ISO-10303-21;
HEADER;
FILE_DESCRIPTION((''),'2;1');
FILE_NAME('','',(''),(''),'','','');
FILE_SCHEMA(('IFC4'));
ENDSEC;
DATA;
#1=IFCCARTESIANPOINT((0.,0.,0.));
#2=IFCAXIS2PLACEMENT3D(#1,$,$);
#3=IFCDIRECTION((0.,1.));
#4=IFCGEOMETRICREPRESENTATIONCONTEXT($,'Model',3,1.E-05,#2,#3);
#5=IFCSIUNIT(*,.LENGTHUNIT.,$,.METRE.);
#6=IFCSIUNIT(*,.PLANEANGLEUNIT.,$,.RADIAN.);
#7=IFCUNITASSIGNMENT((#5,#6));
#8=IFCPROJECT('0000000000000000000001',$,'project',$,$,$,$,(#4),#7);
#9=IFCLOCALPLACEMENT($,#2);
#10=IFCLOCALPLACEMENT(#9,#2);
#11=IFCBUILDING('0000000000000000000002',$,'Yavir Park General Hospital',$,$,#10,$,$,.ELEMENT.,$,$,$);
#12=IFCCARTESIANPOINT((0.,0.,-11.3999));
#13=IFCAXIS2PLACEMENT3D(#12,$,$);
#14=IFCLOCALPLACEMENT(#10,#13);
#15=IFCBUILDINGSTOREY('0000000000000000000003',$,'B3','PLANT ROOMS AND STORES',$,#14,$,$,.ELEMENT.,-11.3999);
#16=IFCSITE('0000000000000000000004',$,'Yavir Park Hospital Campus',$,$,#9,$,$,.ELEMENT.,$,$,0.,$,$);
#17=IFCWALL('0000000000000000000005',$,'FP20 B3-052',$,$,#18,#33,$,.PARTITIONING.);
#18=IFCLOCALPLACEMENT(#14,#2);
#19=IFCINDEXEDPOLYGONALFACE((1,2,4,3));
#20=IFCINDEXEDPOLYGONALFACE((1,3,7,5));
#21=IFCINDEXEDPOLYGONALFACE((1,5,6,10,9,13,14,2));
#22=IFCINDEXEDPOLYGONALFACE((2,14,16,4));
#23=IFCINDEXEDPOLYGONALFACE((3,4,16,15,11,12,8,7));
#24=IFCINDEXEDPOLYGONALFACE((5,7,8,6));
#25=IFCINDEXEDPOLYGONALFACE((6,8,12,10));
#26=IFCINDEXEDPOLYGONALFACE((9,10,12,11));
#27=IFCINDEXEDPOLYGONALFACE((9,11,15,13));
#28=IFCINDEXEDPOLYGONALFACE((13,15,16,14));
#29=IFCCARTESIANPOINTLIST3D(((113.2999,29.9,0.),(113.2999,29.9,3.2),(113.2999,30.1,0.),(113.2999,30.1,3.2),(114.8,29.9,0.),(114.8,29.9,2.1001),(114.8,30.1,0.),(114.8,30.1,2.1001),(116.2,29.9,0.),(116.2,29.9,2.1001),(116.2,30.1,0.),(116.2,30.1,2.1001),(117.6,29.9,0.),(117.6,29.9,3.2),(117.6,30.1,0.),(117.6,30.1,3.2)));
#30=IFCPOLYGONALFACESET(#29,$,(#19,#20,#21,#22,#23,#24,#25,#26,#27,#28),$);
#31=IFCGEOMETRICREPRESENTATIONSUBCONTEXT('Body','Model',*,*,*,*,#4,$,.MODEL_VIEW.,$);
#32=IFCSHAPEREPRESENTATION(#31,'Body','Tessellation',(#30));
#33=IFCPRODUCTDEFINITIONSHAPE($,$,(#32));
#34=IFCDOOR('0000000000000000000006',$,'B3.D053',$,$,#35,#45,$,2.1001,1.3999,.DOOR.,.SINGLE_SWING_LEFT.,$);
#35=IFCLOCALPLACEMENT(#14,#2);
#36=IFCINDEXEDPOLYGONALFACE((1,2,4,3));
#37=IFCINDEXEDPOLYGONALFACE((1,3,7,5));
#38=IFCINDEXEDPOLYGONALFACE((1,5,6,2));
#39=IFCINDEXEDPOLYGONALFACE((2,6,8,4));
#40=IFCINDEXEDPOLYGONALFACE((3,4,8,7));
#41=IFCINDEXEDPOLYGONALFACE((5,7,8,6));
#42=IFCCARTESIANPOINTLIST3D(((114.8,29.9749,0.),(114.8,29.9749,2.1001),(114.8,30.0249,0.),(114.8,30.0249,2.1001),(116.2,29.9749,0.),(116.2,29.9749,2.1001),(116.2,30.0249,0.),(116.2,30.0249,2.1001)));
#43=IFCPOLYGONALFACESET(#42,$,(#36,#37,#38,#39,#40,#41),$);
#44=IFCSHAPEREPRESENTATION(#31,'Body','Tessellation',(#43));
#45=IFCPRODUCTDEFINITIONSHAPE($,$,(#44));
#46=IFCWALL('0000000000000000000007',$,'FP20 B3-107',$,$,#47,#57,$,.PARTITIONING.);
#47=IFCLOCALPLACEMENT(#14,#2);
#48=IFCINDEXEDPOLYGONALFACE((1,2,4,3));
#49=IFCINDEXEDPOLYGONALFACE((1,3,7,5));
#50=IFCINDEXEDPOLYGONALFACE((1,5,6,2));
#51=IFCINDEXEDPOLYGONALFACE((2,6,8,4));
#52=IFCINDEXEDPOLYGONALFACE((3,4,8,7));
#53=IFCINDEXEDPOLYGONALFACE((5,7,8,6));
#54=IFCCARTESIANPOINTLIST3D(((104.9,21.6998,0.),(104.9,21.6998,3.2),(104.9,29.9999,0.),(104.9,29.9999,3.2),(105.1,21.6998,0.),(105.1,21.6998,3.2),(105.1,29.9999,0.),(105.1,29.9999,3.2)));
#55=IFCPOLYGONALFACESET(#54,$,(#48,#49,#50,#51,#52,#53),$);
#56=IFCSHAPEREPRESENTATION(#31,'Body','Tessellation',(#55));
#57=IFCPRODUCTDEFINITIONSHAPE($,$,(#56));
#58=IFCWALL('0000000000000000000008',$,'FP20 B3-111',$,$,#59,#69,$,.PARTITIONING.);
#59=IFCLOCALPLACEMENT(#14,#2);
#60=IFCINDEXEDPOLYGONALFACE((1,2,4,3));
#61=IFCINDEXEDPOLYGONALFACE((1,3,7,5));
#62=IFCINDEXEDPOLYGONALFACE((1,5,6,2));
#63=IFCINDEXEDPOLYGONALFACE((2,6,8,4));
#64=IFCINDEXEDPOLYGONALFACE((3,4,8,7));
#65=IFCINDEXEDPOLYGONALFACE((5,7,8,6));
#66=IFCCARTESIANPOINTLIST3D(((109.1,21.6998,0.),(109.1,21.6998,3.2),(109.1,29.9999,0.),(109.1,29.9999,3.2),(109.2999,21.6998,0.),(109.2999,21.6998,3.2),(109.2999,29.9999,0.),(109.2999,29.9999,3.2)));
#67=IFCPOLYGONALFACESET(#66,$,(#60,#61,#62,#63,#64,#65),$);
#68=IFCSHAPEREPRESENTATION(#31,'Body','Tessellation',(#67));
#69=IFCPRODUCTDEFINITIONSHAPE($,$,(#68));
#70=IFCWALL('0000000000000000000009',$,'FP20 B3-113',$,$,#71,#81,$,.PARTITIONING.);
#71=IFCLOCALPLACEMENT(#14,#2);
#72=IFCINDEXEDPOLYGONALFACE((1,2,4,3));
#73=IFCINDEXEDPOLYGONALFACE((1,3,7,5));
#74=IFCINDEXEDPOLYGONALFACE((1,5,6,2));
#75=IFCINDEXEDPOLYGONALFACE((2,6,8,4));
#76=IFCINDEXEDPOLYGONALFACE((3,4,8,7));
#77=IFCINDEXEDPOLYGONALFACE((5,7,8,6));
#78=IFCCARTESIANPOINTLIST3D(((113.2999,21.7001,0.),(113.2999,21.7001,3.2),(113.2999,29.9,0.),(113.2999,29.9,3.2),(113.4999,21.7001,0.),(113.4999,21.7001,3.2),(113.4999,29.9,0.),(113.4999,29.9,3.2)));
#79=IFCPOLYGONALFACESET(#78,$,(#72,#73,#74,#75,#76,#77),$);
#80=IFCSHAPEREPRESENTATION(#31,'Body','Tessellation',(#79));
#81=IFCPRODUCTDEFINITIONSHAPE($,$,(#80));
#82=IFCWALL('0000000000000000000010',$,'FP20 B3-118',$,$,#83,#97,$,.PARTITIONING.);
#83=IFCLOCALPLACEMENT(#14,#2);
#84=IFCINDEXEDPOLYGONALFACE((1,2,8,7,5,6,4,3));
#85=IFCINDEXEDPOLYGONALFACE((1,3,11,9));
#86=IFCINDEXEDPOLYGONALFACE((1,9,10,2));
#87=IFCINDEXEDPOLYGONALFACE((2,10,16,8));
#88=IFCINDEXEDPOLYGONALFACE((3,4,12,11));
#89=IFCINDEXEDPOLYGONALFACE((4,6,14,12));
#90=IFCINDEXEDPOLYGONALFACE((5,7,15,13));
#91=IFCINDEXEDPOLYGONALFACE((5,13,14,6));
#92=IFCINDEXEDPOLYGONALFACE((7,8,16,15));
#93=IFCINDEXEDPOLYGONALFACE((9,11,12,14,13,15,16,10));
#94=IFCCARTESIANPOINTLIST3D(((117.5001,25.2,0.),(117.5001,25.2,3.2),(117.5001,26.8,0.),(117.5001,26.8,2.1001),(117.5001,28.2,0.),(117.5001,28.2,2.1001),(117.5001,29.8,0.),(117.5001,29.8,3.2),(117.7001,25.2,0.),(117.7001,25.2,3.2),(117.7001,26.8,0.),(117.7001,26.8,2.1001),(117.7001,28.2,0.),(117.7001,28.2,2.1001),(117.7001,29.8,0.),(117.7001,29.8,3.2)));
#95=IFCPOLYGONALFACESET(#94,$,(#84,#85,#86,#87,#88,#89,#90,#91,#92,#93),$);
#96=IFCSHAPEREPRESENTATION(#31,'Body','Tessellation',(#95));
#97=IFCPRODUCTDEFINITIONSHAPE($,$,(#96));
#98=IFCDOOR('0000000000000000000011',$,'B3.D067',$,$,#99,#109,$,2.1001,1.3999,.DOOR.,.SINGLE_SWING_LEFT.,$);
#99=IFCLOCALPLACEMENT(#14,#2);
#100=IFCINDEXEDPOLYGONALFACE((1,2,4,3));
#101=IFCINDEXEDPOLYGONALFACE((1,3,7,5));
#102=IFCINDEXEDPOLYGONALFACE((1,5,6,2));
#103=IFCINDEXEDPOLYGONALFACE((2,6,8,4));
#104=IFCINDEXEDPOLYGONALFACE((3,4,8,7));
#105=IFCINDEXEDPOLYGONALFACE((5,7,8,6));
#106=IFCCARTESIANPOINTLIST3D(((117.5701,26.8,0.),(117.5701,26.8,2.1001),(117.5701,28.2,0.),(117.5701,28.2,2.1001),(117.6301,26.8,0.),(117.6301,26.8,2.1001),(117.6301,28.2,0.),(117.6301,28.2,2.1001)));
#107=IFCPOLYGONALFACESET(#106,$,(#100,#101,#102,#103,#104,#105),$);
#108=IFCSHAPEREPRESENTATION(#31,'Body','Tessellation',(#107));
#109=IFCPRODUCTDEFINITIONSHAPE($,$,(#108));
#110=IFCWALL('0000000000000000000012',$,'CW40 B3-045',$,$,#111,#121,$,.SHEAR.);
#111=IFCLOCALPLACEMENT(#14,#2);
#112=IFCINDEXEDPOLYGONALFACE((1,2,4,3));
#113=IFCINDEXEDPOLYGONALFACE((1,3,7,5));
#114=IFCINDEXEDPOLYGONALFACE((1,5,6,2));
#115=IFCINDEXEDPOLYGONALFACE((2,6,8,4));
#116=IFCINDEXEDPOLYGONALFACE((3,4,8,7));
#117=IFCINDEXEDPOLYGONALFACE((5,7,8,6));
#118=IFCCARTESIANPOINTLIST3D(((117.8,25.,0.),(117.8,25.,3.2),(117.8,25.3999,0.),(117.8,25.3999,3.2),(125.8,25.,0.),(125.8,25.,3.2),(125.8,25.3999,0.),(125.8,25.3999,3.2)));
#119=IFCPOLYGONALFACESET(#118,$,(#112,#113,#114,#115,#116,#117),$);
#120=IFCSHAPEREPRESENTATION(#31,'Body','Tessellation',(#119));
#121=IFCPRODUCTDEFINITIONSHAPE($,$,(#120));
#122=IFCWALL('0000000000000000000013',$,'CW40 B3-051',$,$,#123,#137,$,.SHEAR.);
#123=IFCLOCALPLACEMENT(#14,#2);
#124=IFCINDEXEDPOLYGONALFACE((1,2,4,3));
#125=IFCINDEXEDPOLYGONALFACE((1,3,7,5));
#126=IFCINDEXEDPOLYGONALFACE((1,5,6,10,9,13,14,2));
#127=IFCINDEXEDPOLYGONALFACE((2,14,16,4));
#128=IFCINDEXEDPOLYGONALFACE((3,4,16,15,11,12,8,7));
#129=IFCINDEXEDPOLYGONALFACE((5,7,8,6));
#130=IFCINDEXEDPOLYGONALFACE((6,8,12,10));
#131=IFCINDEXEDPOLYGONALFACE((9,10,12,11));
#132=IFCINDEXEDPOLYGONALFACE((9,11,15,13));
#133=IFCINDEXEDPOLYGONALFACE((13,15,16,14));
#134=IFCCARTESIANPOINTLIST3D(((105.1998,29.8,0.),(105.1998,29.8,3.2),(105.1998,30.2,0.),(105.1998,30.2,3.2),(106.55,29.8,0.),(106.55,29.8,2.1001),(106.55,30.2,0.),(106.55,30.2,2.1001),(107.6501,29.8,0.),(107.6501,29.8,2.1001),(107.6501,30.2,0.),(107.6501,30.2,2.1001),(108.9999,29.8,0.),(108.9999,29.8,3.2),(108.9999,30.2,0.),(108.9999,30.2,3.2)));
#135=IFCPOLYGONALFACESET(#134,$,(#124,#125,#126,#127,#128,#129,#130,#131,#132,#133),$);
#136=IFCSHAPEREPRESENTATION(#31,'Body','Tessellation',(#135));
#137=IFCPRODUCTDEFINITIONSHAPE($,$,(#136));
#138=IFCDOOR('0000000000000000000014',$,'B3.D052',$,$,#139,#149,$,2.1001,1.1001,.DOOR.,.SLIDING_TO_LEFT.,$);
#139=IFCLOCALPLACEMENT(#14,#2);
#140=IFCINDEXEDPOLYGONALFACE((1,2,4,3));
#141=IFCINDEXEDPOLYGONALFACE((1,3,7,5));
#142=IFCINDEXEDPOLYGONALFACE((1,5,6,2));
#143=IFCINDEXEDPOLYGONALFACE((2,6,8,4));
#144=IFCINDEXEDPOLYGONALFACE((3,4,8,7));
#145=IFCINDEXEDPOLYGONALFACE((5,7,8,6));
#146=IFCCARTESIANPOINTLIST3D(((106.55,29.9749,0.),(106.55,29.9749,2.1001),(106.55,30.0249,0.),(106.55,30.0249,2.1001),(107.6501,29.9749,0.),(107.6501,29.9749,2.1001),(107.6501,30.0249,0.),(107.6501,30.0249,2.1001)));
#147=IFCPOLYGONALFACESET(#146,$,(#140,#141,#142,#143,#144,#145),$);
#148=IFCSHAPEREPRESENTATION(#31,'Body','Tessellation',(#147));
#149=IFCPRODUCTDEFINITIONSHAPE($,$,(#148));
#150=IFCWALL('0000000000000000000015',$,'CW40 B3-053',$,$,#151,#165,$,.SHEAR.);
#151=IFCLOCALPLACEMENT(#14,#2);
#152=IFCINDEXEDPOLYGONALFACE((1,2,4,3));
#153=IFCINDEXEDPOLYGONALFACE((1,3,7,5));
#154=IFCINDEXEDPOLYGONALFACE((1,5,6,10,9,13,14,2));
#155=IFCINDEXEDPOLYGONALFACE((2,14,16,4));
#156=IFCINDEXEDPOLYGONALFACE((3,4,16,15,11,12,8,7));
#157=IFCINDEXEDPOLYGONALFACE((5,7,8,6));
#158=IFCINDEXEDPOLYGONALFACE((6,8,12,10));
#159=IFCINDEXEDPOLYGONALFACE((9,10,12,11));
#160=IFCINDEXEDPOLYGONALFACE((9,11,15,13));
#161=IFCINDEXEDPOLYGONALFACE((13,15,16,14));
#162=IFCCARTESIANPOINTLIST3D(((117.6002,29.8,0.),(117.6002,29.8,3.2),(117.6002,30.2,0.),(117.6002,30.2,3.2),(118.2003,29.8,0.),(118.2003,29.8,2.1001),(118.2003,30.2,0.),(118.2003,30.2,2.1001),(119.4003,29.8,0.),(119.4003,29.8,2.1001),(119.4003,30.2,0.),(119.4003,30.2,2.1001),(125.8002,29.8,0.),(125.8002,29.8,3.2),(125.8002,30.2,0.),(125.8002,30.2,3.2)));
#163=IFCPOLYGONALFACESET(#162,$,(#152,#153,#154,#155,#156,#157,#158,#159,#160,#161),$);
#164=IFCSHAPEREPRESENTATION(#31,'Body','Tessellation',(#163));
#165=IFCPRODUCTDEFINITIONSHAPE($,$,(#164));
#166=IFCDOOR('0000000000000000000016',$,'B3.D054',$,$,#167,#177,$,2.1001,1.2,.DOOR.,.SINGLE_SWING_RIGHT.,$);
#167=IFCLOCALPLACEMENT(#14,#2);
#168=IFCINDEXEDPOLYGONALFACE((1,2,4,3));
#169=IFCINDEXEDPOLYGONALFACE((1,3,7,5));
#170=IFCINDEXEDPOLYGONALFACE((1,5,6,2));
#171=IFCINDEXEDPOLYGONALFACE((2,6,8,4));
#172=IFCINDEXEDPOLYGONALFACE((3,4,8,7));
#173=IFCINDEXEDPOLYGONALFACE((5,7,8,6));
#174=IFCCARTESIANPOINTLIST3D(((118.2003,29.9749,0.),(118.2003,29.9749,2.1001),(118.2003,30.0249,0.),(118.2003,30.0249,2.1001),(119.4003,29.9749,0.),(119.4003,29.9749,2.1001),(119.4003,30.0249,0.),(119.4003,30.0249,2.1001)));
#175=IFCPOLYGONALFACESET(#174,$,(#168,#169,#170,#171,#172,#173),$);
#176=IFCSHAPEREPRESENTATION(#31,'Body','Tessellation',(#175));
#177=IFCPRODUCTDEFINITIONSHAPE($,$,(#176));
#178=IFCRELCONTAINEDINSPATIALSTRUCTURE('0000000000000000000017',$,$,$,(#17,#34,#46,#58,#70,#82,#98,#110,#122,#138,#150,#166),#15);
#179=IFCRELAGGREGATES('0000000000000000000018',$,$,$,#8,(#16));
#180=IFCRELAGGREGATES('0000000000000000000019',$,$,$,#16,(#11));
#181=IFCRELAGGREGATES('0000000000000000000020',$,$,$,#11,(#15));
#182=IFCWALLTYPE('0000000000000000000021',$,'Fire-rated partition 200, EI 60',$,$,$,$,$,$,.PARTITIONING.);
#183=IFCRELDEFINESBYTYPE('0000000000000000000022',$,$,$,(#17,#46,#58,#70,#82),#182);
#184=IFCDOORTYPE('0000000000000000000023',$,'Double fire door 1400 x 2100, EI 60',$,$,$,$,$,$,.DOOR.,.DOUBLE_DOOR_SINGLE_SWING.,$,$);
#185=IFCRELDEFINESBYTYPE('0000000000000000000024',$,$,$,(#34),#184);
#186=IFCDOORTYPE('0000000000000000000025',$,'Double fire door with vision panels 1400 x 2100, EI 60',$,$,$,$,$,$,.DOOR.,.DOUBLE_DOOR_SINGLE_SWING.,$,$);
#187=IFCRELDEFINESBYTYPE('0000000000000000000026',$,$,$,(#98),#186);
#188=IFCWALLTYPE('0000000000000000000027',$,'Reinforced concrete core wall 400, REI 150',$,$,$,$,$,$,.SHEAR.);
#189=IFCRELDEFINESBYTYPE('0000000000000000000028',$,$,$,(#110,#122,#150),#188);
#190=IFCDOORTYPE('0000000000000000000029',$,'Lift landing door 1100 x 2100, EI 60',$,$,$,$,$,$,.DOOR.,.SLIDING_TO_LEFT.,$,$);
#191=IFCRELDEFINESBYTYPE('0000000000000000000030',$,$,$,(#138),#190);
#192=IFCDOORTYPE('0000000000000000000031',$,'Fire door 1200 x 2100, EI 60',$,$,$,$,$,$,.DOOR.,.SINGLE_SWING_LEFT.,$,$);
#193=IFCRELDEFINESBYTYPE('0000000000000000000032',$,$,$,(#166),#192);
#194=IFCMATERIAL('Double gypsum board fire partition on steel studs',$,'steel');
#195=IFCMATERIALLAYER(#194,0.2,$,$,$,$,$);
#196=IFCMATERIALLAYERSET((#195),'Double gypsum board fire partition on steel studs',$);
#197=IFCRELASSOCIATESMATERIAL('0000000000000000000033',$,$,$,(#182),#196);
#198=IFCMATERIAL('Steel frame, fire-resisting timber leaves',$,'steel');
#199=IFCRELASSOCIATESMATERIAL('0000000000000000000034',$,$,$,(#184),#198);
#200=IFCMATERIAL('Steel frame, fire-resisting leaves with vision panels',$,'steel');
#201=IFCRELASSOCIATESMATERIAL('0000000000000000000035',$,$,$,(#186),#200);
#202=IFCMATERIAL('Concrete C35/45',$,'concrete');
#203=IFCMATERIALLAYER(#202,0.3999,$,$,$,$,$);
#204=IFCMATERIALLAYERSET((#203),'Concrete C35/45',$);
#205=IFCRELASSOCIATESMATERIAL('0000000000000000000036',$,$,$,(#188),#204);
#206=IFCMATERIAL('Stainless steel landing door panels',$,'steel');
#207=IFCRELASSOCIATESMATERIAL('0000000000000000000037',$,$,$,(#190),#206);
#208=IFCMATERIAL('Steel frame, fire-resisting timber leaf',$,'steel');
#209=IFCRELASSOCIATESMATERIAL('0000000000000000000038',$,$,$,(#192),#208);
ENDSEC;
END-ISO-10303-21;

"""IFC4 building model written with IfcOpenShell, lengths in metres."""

from ifc_helpers import new_model, si_unit, direction, frame, frame_2d, origin, place, context, subcontext, project, spatial, rectangle, extrude, material, layer, layer_set, type_object, element, fill, save


model = new_model("IFC4")

# Units and contexts
model_context = context("Model", 3, precision=1e-05, world=origin(), true_north=direction((0.0, 1.0)))
body_context = subcontext(model_context, "Body", "Model", "MODEL_VIEW")
ifc_project = project(units=[si_unit("LENGTHUNIT", "METRE"), si_unit("PLANEANGLEUNIT", "RADIAN")], contexts=[model_context])

# Site, building, storey
site_placement = place(None, origin())
site = spatial("IfcSite", under=ifc_project, at=site_placement, Name="Yavir Park Hospital Campus", CompositionType="ELEMENT", RefElevation=0.0)
building_placement = place(site_placement, origin())
building = spatial("IfcBuilding", under=site, at=building_placement, Name="Yavir Park General Hospital", CompositionType="ELEMENT")
storey_placement = place(building_placement, frame((0.0, 0.0, -11.3999)))
storey = spatial("IfcBuildingStorey", under=building, at=storey_placement, Name="B3", Description="PLANT ROOMS AND STORES", CompositionType="ELEMENT", Elevation=-11.3999)

# Wall, opening, door
ifc_material_1 = material(Name="Double gypsum board fire partition on steel studs", Category="steel")
ifc_layer_1 = layer(ifc_material_1, 0.2)
ifc_layer_set_1 = layer_set([ifc_layer_1], Name="Double gypsum board fire partition on steel studs")
wall_type_1 = type_object("IfcWallType", Name="Fire-rated partition 200, EI 60", PredefinedType="PARTITIONING", material=ifc_layer_set_1)
wall_1_placement = place(storey_placement, frame((113.3, 30.0, 0.0), z_axis=(0.0, 0.0, 1.0), x_axis=(1.0, 0.0, 0.0)))
wall_1 = element("IfcWall", 1, at=wall_1_placement, inside=storey, type_object=wall_type_1, Name="FP20 B3-052", PredefinedType="PARTITIONING", context=body_context, shape_type="SweptSolid", body=[
    extrude(rectangle(XDim=4.3, YDim=0.2, at=frame_2d((2.1499, 0.0))), origin(), (0.0, 0.0, 1.0), 3.2),
])
opening_1_placement = place(wall_1_placement, frame((1.5, 0.0, 0.0)))
opening_1 = element("IfcOpeningElement", 2, at=opening_1_placement, cuts=wall_1, PredefinedType="OPENING", context=body_context, shape_type="SweptSolid", body=[
    extrude(rectangle(XDim=1.3999, YDim=2.1001, at=frame_2d((0.7, 1.05))), frame((0.0, 0.1099, 0.0), z_axis=(0.0, -1.0, 0.0), x_axis=(1.0, 0.0, 0.0)), (0.0, 0.0, 1.0), 0.22),
])
ifc_material_2 = material(Name="Steel frame, fire-resisting timber leaves", Category="steel")
door_type_1 = type_object("IfcDoorType", Name="Double fire door 1400 x 2100, EI 60", OperationType="DOUBLE_DOOR_SINGLE_SWING", PredefinedType="DOOR", material=ifc_material_2)
door_1_placement = place(opening_1_placement, origin())
door_1 = element("IfcDoor", 3, at=door_1_placement, inside=storey, type_object=door_type_1, Name="B3.D053", OperationType="SINGLE_SWING_LEFT", OverallHeight=2.1001, OverallWidth=1.3999, PredefinedType="DOOR", context=body_context, shape_type="SweptSolid", body=[
    extrude(rectangle(XDim=1.3999, YDim=2.1001, at=frame_2d((0.7, 1.05))), frame((0.0, 0.0249, 0.0), z_axis=(0.0, -1.0, 0.0), x_axis=(1.0, 0.0, 0.0)), (0.0, 0.0, 1.0), 0.05),
])
fill(opening_1, door_1)

# Walls
for number, where, z_axis, x_axis, name in (
    (4, (105.0, 21.7, 0.0), (0.0, 0.0, 1.0), (0.0, 1.0, 0.0), "FP20 B3-107"),
    (5, (109.2, 21.7, 0.0), (0.0, 0.0, 1.0), (0.0, 1.0, 0.0), "FP20 B3-111"),
):
    element("IfcWall", number, at=place(storey_placement, frame(where, z_axis=z_axis, x_axis=x_axis)), inside=storey, type_object=wall_type_1, Name=name, PredefinedType="PARTITIONING", context=body_context, shape_type="SweptSolid", body=[
        extrude(rectangle(XDim=8.3, YDim=0.2, at=frame_2d((4.1499, 0.0))), origin(), (0.0, 0.0, 1.0), 3.2),
    ])
wall_2_placement = place(storey_placement, frame((113.3999, 21.7, 0.0), z_axis=(0.0, 0.0, 1.0), x_axis=(0.0, 1.0, 0.0)))
element("IfcWall", 6, at=wall_2_placement, inside=storey, type_object=wall_type_1, Name="FP20 B3-113", PredefinedType="PARTITIONING", context=body_context, shape_type="SweptSolid", body=[
    extrude(rectangle(XDim=8.2, YDim=0.2, at=frame_2d((4.1001, 0.0))), origin(), (0.0, 0.0, 1.0), 3.2),
])

# Wall, opening, door
wall_3_placement = place(storey_placement, frame((117.6001, 25.2, 0.0), z_axis=(0.0, 0.0, 1.0), x_axis=(0.0, 1.0, 0.0)))
wall_3 = element("IfcWall", 7, at=wall_3_placement, inside=storey, type_object=wall_type_1, Name="FP20 B3-118", PredefinedType="PARTITIONING", context=body_context, shape_type="SweptSolid", body=[
    extrude(rectangle(XDim=4.6001, YDim=0.2, at=frame_2d((2.3, 0.0))), origin(), (0.0, 0.0, 1.0), 3.2),
])
opening_2_placement = place(wall_3_placement, frame((1.6001, 0.0, 0.0)))
opening_2 = element("IfcOpeningElement", 8, at=opening_2_placement, cuts=wall_3, PredefinedType="OPENING", context=body_context, shape_type="SweptSolid", body=[
    extrude(rectangle(XDim=1.3999, YDim=2.1001, at=frame_2d((0.7, 1.05))), frame((0.0, 0.1099, 0.0), z_axis=(0.0, -1.0, 0.0), x_axis=(1.0, 0.0, 0.0)), (0.0, 0.0, 1.0), 0.22),
])
ifc_material_3 = material(Name="Steel frame, fire-resisting leaves with vision panels", Category="steel")
door_type_2 = type_object("IfcDoorType", Name="Double fire door with vision panels 1400 x 2100, EI 60", OperationType="DOUBLE_DOOR_SINGLE_SWING", PredefinedType="DOOR", material=ifc_material_3)
door_2_placement = place(opening_2_placement, origin())
door_2 = element("IfcDoor", 9, at=door_2_placement, inside=storey, type_object=door_type_2, Name="B3.D067", OperationType="SINGLE_SWING_LEFT", OverallHeight=2.1001, OverallWidth=1.3999, PredefinedType="DOOR", context=body_context, shape_type="SweptSolid", body=[
    extrude(rectangle(XDim=1.3999, YDim=2.1001, at=frame_2d((0.7, 1.05))), frame((0.0, 0.03, 0.0), z_axis=(0.0, -1.0, 0.0), x_axis=(1.0, 0.0, 0.0)), (0.0, 0.0, 1.0), 0.0601),
])
fill(opening_2, door_2)

# Wall
ifc_material_4 = material(Name="Concrete C35/45", Category="concrete")
ifc_layer_2 = layer(ifc_material_4, 0.3999)
ifc_layer_set_2 = layer_set([ifc_layer_2], Name="Concrete C35/45")
wall_type_2 = type_object("IfcWallType", Name="Reinforced concrete core wall 400, REI 150", PredefinedType="SHEAR", material=ifc_layer_set_2)
wall_4_placement = place(storey_placement, frame((117.8, 25.2, 0.0), z_axis=(0.0, 0.0, 1.0), x_axis=(1.0, 0.0, 0.0)))
element("IfcWall", 10, at=wall_4_placement, inside=storey, type_object=wall_type_2, Name="CW40 B3-045", PredefinedType="SHEAR", context=body_context, shape_type="SweptSolid", body=[
    extrude(rectangle(XDim=8.0, YDim=0.3999, at=frame_2d((4.0, 0.0))), origin(), (0.0, 0.0, 1.0), 3.2),
])

# Walls, openings, doors
wall_5_placement = place(storey_placement, frame((105.2, 30.0, 0.0), z_axis=(0.0, 0.0, 1.0), x_axis=(1.0, 0.0, 0.0)))
wall_5 = element("IfcWall", 11, at=wall_5_placement, inside=storey, type_object=wall_type_2, Name="CW40 B3-051", PredefinedType="SHEAR", context=body_context, shape_type="SweptSolid", body=[
    extrude(rectangle(XDim=3.8, YDim=0.3999, at=frame_2d((1.8999, 0.0))), origin(), (0.0, 0.0, 1.0), 3.2),
])
opening_3_placement = place(wall_5_placement, frame((1.3501, 0.0, 0.0)))
opening_3 = element("IfcOpeningElement", 12, at=opening_3_placement, cuts=wall_5, PredefinedType="OPENING", context=body_context, shape_type="SweptSolid", body=[
    extrude(rectangle(XDim=1.1001, YDim=2.1001, at=frame_2d((0.55, 1.05))), frame((0.0, 0.21, 0.0), z_axis=(0.0, -1.0, 0.0), x_axis=(1.0, 0.0, 0.0)), (0.0, 0.0, 1.0), 0.4199),
])
ifc_material_5 = material(Name="Stainless steel landing door panels", Category="steel")
door_type_3 = type_object("IfcDoorType", Name="Lift landing door 1100 x 2100, EI 60", OperationType="SLIDING_TO_LEFT", PredefinedType="DOOR", material=ifc_material_5)
door_3_placement = place(opening_3_placement, origin())
door_3 = element("IfcDoor", 13, at=door_3_placement, inside=storey, type_object=door_type_3, Name="B3.D052", OperationType="SLIDING_TO_LEFT", OverallHeight=2.1001, OverallWidth=1.1001, PredefinedType="DOOR", context=body_context, shape_type="SweptSolid", body=[
    extrude(rectangle(XDim=1.1001, YDim=2.1001, at=frame_2d((0.55, 1.05))), frame((0.0, 0.0249, 0.0), z_axis=(0.0, -1.0, 0.0), x_axis=(1.0, 0.0, 0.0)), (0.0, 0.0, 1.0), 0.05),
])
fill(opening_3, door_3)
wall_6_placement = place(storey_placement, frame((117.6001, 30.0, 0.0), z_axis=(0.0, 0.0, 1.0), x_axis=(1.0, 0.0, 0.0)))
wall_6 = element("IfcWall", 14, at=wall_6_placement, inside=storey, type_object=wall_type_2, Name="CW40 B3-053", PredefinedType="SHEAR", context=body_context, shape_type="SweptSolid", body=[
    extrude(rectangle(XDim=8.2, YDim=0.3999, at=frame_2d((4.1001, 0.0))), origin(), (0.0, 0.0, 1.0), 3.2),
])
opening_4_placement = place(wall_6_placement, frame((0.6001, 0.0, 0.0)))
opening_4 = element("IfcOpeningElement", 15, at=opening_4_placement, cuts=wall_6, PredefinedType="OPENING", context=body_context, shape_type="SweptSolid", body=[
    extrude(rectangle(XDim=1.2, YDim=2.1001, at=frame_2d((0.6001, 1.05))), frame((0.0, 0.21, 0.0), z_axis=(0.0, -1.0, 0.0), x_axis=(1.0, 0.0, 0.0)), (0.0, 0.0, 1.0), 0.4199),
])
ifc_material_6 = material(Name="Steel frame, fire-resisting timber leaf", Category="steel")
door_type_4 = type_object("IfcDoorType", Name="Fire door 1200 x 2100, EI 60", OperationType="SINGLE_SWING_LEFT", PredefinedType="DOOR", material=ifc_material_6)
door_4_placement = place(opening_4_placement, origin())
door_4 = element("IfcDoor", 16, at=door_4_placement, inside=storey, type_object=door_type_4, Name="B3.D054", OperationType="SINGLE_SWING_RIGHT", OverallHeight=2.1001, OverallWidth=1.2, PredefinedType="DOOR", context=body_context, shape_type="SweptSolid", body=[
    extrude(rectangle(XDim=1.2, YDim=2.1001, at=frame_2d((0.6001, 1.05))), frame((0.0, 0.0249, 0.0), z_axis=(0.0, -1.0, 0.0), x_axis=(1.0, 0.0, 0.0)), (0.0, 0.0, 1.0), 0.05),
])
fill(opening_4, door_4)

save(model, "model.ifc")
